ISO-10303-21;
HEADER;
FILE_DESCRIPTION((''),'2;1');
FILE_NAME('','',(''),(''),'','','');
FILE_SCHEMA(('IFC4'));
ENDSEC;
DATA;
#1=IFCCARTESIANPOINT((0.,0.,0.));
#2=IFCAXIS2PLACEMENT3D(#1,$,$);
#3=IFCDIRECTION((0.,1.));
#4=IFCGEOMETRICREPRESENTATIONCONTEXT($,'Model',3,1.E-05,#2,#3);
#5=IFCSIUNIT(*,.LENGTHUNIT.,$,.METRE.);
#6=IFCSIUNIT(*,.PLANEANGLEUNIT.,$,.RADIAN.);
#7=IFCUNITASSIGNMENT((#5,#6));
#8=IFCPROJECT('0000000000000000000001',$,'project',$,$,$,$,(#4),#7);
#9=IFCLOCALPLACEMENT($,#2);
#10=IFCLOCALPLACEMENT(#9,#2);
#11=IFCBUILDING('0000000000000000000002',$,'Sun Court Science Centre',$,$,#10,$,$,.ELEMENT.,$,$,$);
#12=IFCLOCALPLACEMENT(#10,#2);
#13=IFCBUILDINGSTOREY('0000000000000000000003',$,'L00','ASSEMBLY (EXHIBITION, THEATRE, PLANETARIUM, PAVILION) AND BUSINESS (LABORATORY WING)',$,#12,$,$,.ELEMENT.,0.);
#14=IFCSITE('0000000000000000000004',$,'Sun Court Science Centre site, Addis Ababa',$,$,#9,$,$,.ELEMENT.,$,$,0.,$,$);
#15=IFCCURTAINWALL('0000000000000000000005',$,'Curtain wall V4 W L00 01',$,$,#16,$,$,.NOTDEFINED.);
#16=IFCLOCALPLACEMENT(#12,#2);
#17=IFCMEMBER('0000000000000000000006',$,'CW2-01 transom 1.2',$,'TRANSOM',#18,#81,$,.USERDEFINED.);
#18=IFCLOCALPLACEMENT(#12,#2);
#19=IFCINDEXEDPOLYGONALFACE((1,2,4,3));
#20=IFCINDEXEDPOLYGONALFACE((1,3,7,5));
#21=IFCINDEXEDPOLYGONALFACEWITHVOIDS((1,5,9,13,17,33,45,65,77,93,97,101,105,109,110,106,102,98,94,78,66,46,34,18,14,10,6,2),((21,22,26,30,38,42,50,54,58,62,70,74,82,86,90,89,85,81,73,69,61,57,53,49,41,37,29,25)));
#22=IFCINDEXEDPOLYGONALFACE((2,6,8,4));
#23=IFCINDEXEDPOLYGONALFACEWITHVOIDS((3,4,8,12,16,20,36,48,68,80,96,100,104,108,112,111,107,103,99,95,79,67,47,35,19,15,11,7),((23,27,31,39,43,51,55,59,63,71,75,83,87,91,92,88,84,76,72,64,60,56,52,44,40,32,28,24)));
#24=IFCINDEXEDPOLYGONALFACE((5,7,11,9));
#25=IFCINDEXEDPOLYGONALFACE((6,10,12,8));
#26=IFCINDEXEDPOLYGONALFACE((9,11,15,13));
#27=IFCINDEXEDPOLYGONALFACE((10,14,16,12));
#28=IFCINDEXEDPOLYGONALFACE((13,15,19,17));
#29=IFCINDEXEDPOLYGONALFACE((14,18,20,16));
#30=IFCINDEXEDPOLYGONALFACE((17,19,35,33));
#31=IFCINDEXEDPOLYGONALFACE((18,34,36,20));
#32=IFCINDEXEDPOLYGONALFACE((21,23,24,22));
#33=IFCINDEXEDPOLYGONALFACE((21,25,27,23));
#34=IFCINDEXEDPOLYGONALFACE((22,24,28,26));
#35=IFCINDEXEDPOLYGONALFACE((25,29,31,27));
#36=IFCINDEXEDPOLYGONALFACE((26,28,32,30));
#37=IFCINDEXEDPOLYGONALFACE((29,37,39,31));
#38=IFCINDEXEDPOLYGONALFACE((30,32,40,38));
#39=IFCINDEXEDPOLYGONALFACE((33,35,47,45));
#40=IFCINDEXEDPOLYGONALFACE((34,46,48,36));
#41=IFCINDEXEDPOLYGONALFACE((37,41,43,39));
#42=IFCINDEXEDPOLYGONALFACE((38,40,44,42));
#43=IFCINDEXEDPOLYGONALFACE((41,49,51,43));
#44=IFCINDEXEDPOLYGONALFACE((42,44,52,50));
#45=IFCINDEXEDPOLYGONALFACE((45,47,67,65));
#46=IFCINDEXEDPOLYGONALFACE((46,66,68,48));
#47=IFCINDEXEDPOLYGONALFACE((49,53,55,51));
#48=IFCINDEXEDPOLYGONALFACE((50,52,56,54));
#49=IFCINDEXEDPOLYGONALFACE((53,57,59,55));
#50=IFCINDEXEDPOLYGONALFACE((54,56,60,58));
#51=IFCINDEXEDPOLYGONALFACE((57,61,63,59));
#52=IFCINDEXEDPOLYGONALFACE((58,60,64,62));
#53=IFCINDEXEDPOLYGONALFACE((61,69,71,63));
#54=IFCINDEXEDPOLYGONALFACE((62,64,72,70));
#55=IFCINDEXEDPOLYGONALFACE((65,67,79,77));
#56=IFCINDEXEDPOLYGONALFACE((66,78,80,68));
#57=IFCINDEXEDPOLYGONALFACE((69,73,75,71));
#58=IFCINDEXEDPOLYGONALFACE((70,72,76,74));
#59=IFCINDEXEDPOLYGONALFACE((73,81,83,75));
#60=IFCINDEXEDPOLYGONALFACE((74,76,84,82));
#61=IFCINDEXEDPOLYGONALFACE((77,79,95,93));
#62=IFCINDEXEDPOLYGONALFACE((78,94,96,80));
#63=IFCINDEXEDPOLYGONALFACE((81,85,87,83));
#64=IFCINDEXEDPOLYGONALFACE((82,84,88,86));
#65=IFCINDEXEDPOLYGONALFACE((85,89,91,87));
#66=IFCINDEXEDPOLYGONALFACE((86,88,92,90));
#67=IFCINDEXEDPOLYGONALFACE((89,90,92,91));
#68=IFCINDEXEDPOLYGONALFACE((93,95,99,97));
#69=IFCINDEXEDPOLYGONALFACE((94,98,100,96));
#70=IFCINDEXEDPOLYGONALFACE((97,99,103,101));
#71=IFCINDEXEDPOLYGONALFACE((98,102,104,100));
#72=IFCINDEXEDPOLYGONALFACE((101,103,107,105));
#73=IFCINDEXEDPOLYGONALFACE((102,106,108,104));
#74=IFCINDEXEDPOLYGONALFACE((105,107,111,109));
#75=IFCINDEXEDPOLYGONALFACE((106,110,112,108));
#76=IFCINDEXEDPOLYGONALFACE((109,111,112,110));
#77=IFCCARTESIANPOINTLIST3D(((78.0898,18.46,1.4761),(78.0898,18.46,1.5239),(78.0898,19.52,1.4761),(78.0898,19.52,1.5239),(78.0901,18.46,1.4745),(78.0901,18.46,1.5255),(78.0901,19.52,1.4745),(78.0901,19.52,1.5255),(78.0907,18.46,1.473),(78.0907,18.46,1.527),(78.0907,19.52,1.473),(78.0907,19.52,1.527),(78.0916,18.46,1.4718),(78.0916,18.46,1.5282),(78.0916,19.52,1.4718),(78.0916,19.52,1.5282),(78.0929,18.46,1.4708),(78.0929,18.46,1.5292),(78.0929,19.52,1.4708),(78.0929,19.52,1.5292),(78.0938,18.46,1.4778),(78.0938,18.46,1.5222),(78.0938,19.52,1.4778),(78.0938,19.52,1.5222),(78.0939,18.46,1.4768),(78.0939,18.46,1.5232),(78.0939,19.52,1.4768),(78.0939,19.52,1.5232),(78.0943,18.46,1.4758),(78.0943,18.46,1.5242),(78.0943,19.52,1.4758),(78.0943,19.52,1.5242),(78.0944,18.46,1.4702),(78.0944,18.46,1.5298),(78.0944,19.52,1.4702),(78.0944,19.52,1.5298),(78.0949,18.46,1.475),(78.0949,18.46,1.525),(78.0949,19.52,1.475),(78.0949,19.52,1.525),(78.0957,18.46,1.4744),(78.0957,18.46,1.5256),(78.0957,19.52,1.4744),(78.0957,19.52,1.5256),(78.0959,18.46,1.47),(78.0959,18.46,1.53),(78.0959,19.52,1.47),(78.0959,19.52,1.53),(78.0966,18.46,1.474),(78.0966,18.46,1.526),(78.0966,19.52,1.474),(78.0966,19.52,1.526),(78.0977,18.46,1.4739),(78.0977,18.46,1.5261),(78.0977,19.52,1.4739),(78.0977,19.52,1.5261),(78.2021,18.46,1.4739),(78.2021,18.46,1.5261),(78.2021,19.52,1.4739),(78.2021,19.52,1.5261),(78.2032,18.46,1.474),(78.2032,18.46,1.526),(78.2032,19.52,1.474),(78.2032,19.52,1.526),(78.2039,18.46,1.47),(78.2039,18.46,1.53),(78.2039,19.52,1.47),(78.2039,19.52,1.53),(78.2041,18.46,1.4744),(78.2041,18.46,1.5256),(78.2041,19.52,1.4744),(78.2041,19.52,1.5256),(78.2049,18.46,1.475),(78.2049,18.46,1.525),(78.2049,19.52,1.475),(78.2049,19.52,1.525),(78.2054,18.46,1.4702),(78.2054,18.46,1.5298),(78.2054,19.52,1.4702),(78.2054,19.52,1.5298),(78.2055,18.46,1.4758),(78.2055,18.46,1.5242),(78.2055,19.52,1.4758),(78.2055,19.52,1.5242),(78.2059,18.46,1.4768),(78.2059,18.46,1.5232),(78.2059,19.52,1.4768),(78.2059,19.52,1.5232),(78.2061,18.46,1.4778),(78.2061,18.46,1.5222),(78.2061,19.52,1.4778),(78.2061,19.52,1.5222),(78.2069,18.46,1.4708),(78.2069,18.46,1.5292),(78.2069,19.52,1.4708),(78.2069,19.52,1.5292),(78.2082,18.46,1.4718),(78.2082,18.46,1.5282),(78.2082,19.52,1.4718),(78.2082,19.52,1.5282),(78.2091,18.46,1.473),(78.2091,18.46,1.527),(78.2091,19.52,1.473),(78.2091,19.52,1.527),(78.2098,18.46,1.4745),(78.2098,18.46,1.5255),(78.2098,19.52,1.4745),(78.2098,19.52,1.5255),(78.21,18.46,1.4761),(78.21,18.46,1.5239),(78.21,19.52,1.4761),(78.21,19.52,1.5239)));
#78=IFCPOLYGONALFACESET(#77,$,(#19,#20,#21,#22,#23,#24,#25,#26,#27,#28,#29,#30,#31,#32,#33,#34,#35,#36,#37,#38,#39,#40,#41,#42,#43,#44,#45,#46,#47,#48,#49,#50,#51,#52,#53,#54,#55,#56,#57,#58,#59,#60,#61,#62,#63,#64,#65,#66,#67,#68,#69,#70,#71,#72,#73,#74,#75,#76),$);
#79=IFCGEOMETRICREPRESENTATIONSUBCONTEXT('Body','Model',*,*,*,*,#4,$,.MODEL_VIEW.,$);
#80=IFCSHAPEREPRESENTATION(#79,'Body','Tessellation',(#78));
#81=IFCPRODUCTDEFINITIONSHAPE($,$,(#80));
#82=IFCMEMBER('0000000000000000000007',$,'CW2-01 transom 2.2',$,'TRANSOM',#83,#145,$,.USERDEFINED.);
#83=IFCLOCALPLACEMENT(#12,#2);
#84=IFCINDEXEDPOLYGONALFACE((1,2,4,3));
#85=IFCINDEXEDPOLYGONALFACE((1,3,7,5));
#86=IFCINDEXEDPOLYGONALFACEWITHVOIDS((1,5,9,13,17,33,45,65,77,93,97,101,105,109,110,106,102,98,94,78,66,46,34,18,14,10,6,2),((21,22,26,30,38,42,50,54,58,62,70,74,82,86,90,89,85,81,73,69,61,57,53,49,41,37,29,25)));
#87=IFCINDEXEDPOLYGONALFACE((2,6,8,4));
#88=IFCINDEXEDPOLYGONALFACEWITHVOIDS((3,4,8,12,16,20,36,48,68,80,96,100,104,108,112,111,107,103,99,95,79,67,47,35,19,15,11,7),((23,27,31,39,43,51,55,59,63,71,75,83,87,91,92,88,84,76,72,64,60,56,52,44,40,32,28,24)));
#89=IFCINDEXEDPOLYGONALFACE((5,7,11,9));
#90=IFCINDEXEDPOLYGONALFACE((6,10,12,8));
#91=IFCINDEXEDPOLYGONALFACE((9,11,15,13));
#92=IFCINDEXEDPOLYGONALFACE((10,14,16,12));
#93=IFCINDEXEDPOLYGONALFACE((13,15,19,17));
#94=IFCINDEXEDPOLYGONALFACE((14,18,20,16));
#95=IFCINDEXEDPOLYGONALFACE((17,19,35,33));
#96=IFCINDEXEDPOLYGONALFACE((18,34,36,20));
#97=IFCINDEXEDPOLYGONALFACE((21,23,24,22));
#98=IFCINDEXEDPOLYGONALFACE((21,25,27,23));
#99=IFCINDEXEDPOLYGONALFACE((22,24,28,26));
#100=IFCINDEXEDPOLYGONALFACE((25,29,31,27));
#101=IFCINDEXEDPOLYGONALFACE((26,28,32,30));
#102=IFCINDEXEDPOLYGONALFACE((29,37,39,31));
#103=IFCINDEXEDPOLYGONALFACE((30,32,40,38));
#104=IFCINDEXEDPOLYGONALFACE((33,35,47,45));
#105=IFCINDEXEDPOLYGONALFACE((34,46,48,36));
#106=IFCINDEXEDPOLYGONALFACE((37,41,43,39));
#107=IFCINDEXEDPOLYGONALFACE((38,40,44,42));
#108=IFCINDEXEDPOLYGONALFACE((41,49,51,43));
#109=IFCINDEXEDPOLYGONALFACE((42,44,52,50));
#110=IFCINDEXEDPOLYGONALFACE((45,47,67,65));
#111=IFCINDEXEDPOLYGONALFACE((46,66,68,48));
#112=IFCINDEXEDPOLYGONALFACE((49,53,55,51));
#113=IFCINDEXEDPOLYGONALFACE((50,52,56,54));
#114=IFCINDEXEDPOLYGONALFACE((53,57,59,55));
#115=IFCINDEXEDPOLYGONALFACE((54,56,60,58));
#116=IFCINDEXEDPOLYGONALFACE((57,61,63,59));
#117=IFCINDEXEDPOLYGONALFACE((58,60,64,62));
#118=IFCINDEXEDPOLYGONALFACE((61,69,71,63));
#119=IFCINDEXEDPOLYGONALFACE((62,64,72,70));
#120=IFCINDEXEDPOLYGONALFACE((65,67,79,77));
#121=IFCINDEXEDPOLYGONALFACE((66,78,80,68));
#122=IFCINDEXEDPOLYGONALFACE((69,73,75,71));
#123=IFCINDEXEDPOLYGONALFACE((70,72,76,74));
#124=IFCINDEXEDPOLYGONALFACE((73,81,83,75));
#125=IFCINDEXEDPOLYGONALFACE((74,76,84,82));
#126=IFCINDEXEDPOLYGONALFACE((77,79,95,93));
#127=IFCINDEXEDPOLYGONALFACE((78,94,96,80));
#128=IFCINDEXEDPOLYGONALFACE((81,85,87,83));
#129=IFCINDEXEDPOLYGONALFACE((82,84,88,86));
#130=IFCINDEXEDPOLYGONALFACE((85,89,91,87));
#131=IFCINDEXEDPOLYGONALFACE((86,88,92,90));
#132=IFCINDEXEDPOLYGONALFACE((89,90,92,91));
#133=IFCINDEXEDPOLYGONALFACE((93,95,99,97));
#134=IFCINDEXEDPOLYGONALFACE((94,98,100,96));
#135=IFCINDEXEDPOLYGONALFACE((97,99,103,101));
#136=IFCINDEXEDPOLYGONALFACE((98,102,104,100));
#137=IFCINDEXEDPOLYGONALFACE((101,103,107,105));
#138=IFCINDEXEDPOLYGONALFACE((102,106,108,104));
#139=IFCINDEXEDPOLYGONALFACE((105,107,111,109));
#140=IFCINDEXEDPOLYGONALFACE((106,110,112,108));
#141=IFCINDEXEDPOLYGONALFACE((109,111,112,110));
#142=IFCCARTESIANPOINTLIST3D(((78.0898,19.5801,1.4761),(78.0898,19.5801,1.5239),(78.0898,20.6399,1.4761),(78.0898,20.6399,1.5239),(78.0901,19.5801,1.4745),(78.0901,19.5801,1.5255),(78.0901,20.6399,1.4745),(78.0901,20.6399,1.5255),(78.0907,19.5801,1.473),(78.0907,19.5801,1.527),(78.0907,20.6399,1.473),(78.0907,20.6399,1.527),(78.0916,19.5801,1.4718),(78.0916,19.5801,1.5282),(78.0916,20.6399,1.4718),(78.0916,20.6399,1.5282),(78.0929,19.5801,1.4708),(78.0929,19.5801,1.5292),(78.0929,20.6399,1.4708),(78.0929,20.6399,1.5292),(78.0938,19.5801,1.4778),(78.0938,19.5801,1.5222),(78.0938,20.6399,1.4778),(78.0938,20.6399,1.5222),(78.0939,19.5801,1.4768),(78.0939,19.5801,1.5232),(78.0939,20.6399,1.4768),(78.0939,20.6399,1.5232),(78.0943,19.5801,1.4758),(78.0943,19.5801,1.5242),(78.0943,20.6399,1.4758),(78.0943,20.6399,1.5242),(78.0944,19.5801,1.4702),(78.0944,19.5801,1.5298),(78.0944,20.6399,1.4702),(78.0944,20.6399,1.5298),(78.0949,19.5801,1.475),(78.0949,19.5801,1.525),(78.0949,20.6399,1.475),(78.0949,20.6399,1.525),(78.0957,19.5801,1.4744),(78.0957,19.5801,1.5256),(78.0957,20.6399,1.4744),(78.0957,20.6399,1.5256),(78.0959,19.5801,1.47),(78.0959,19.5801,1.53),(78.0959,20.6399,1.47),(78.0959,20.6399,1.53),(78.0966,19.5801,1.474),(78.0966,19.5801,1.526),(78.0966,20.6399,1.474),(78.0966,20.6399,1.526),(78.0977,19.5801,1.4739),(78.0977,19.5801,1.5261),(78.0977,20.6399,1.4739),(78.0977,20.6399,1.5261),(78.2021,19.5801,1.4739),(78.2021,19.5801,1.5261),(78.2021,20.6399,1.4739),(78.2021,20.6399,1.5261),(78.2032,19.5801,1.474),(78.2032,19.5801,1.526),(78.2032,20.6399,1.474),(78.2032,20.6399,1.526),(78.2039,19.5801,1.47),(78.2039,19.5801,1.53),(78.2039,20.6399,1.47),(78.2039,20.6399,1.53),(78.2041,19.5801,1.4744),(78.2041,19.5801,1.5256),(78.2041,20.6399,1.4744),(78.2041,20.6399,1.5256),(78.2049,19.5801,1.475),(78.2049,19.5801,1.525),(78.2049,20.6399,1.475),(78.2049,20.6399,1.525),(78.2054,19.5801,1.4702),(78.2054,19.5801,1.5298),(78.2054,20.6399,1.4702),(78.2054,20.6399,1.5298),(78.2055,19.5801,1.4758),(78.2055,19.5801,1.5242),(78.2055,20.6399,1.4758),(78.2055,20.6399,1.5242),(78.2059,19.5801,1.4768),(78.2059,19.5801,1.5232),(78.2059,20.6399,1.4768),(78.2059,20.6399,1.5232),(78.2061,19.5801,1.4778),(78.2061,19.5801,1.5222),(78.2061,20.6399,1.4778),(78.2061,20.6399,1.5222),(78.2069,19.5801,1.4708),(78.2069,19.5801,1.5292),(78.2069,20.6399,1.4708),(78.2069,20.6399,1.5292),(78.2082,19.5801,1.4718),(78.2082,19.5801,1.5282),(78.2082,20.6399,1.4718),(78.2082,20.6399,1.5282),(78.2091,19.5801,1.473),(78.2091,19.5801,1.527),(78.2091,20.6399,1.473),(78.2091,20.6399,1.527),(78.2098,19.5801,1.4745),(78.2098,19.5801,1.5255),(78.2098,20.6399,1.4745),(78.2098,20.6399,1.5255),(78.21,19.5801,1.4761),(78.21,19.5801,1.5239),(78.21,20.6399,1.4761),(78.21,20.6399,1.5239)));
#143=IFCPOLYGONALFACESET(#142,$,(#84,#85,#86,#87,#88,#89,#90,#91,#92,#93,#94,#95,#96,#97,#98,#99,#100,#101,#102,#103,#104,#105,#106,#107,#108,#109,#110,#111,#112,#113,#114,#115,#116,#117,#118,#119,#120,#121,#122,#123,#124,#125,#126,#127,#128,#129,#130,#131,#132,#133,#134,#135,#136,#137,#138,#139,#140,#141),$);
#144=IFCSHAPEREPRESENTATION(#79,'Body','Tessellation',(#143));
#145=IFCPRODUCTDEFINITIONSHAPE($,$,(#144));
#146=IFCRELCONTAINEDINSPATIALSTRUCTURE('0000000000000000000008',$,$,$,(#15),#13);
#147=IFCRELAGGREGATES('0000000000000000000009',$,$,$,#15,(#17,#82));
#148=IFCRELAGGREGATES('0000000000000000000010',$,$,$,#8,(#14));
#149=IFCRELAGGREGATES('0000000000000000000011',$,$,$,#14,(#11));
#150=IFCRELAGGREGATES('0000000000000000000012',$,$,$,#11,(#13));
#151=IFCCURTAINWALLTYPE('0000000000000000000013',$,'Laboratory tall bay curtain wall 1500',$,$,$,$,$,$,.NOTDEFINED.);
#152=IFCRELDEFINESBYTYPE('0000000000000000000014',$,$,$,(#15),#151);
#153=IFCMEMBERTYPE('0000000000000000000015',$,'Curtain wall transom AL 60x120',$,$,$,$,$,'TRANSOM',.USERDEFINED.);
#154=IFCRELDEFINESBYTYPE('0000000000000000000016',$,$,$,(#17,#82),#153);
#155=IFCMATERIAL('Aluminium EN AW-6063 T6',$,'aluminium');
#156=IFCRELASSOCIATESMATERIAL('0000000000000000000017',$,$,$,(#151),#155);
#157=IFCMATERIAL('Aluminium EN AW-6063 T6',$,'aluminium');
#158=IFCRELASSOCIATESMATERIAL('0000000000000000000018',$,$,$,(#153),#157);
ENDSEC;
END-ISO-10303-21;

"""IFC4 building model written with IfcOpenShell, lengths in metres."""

from ifc_helpers import new_model, si_unit, direction, frame, origin, origin_2d, place, context, subcontext, project, spatial, hollow_rectangle, extrude, material, material_profile, profile_set, type_object, element, aggregate, save


model = new_model("IFC4")

# Units and contexts
model_context = context("Model", 3, precision=1e-05, world=origin(), true_north=direction((0.0, 1.0)))
body_context = subcontext(model_context, "Body", "Model", "MODEL_VIEW")
ifc_project = project(units=[si_unit("LENGTHUNIT", "METRE"), si_unit("PLANEANGLEUNIT", "RADIAN")], contexts=[model_context])

# Site, building, storey
site_placement = place(None, origin())
site = spatial("IfcSite", under=ifc_project, at=site_placement, Name="Sun Court Science Centre site, Addis Ababa", CompositionType="ELEMENT", RefElevation=0.0)
building_placement = place(site_placement, origin())
building = spatial("IfcBuilding", under=site, at=building_placement, Name="Sun Court Science Centre", CompositionType="ELEMENT")
storey_placement = place(building_placement, origin())
storey = spatial("IfcBuildingStorey", under=building, at=storey_placement, Name="L00", Description="ASSEMBLY (EXHIBITION, THEATRE, PLANETARIUM, PAVILION) AND BUSINESS (LABORATORY WING)", CompositionType="ELEMENT", Elevation=0.0)

# Curtain wall, members
ifc_material_1 = material(Name="Aluminium EN AW-6063 T6", Category="aluminium")
curtain_wall_type = type_object("IfcCurtainWallType", Name="Laboratory tall bay curtain wall 1500", PredefinedType="NOTDEFINED", material=ifc_material_1)
curtain_wall_placement = place(storey_placement, origin())
curtain_wall = element("IfcCurtainWall", 1, at=curtain_wall_placement, inside=storey, type_object=curtain_wall_type, Name="Curtain wall V4 W L00 01", PredefinedType="NOTDEFINED")
ifc_material_2 = material(Name="Aluminium EN AW-6063 T6", Category="aluminium")
ifc_material_profile_1 = material_profile(ifc_material_2, hollow_rectangle(XDim=0.0601, YDim=0.1201, WallThickness=0.0039, InnerFilletRadius=0.0039, OuterFilletRadius=0.0061, at=origin_2d()), Name="AL 60x120x4")
ifc_profile_set_1 = profile_set([ifc_material_profile_1], Name="Aluminium EN AW-6063 T6")
member_type_1 = type_object("IfcMemberType", Name="Curtain wall transom AL 60x120", ElementType="TRANSOM", PredefinedType="USERDEFINED", material=ifc_profile_set_1)
member_1_placement = place(storey_placement, frame((78.1499, 18.46, 1.5), z_axis=(0.0, 1.0, 0.0), x_axis=(0.0, 0.0, 1.0)))
member_1 = element("IfcMember", 2, at=member_1_placement, type_object=member_type_1, Name="CW2-01 transom 1.2", ObjectType="TRANSOM", PredefinedType="USERDEFINED", context=body_context, shape_type="SweptSolid", body=[
    extrude(hollow_rectangle(XDim=0.0601, YDim=0.1201, WallThickness=0.0039, InnerFilletRadius=0.0039, OuterFilletRadius=0.0061, at=origin_2d()), origin(), (0.0, 0.0, 1.0), 1.0601),
])
member_2_placement = place(storey_placement, frame((78.1499, 19.5801, 1.5), z_axis=(0.0, 1.0, 0.0), x_axis=(0.0, 0.0, 1.0)))
member_2 = element("IfcMember", 3, at=member_2_placement, type_object=member_type_1, Name="CW2-01 transom 2.2", ObjectType="TRANSOM", PredefinedType="USERDEFINED", context=body_context, shape_type="SweptSolid", body=[
    extrude(hollow_rectangle(XDim=0.0601, YDim=0.1201, WallThickness=0.0039, InnerFilletRadius=0.0039, OuterFilletRadius=0.0061, at=origin_2d()), origin(), (0.0, 0.0, 1.0), 1.0598),
])
aggregate(curtain_wall, [member_1, member_2])

save(model, "model.ifc")
